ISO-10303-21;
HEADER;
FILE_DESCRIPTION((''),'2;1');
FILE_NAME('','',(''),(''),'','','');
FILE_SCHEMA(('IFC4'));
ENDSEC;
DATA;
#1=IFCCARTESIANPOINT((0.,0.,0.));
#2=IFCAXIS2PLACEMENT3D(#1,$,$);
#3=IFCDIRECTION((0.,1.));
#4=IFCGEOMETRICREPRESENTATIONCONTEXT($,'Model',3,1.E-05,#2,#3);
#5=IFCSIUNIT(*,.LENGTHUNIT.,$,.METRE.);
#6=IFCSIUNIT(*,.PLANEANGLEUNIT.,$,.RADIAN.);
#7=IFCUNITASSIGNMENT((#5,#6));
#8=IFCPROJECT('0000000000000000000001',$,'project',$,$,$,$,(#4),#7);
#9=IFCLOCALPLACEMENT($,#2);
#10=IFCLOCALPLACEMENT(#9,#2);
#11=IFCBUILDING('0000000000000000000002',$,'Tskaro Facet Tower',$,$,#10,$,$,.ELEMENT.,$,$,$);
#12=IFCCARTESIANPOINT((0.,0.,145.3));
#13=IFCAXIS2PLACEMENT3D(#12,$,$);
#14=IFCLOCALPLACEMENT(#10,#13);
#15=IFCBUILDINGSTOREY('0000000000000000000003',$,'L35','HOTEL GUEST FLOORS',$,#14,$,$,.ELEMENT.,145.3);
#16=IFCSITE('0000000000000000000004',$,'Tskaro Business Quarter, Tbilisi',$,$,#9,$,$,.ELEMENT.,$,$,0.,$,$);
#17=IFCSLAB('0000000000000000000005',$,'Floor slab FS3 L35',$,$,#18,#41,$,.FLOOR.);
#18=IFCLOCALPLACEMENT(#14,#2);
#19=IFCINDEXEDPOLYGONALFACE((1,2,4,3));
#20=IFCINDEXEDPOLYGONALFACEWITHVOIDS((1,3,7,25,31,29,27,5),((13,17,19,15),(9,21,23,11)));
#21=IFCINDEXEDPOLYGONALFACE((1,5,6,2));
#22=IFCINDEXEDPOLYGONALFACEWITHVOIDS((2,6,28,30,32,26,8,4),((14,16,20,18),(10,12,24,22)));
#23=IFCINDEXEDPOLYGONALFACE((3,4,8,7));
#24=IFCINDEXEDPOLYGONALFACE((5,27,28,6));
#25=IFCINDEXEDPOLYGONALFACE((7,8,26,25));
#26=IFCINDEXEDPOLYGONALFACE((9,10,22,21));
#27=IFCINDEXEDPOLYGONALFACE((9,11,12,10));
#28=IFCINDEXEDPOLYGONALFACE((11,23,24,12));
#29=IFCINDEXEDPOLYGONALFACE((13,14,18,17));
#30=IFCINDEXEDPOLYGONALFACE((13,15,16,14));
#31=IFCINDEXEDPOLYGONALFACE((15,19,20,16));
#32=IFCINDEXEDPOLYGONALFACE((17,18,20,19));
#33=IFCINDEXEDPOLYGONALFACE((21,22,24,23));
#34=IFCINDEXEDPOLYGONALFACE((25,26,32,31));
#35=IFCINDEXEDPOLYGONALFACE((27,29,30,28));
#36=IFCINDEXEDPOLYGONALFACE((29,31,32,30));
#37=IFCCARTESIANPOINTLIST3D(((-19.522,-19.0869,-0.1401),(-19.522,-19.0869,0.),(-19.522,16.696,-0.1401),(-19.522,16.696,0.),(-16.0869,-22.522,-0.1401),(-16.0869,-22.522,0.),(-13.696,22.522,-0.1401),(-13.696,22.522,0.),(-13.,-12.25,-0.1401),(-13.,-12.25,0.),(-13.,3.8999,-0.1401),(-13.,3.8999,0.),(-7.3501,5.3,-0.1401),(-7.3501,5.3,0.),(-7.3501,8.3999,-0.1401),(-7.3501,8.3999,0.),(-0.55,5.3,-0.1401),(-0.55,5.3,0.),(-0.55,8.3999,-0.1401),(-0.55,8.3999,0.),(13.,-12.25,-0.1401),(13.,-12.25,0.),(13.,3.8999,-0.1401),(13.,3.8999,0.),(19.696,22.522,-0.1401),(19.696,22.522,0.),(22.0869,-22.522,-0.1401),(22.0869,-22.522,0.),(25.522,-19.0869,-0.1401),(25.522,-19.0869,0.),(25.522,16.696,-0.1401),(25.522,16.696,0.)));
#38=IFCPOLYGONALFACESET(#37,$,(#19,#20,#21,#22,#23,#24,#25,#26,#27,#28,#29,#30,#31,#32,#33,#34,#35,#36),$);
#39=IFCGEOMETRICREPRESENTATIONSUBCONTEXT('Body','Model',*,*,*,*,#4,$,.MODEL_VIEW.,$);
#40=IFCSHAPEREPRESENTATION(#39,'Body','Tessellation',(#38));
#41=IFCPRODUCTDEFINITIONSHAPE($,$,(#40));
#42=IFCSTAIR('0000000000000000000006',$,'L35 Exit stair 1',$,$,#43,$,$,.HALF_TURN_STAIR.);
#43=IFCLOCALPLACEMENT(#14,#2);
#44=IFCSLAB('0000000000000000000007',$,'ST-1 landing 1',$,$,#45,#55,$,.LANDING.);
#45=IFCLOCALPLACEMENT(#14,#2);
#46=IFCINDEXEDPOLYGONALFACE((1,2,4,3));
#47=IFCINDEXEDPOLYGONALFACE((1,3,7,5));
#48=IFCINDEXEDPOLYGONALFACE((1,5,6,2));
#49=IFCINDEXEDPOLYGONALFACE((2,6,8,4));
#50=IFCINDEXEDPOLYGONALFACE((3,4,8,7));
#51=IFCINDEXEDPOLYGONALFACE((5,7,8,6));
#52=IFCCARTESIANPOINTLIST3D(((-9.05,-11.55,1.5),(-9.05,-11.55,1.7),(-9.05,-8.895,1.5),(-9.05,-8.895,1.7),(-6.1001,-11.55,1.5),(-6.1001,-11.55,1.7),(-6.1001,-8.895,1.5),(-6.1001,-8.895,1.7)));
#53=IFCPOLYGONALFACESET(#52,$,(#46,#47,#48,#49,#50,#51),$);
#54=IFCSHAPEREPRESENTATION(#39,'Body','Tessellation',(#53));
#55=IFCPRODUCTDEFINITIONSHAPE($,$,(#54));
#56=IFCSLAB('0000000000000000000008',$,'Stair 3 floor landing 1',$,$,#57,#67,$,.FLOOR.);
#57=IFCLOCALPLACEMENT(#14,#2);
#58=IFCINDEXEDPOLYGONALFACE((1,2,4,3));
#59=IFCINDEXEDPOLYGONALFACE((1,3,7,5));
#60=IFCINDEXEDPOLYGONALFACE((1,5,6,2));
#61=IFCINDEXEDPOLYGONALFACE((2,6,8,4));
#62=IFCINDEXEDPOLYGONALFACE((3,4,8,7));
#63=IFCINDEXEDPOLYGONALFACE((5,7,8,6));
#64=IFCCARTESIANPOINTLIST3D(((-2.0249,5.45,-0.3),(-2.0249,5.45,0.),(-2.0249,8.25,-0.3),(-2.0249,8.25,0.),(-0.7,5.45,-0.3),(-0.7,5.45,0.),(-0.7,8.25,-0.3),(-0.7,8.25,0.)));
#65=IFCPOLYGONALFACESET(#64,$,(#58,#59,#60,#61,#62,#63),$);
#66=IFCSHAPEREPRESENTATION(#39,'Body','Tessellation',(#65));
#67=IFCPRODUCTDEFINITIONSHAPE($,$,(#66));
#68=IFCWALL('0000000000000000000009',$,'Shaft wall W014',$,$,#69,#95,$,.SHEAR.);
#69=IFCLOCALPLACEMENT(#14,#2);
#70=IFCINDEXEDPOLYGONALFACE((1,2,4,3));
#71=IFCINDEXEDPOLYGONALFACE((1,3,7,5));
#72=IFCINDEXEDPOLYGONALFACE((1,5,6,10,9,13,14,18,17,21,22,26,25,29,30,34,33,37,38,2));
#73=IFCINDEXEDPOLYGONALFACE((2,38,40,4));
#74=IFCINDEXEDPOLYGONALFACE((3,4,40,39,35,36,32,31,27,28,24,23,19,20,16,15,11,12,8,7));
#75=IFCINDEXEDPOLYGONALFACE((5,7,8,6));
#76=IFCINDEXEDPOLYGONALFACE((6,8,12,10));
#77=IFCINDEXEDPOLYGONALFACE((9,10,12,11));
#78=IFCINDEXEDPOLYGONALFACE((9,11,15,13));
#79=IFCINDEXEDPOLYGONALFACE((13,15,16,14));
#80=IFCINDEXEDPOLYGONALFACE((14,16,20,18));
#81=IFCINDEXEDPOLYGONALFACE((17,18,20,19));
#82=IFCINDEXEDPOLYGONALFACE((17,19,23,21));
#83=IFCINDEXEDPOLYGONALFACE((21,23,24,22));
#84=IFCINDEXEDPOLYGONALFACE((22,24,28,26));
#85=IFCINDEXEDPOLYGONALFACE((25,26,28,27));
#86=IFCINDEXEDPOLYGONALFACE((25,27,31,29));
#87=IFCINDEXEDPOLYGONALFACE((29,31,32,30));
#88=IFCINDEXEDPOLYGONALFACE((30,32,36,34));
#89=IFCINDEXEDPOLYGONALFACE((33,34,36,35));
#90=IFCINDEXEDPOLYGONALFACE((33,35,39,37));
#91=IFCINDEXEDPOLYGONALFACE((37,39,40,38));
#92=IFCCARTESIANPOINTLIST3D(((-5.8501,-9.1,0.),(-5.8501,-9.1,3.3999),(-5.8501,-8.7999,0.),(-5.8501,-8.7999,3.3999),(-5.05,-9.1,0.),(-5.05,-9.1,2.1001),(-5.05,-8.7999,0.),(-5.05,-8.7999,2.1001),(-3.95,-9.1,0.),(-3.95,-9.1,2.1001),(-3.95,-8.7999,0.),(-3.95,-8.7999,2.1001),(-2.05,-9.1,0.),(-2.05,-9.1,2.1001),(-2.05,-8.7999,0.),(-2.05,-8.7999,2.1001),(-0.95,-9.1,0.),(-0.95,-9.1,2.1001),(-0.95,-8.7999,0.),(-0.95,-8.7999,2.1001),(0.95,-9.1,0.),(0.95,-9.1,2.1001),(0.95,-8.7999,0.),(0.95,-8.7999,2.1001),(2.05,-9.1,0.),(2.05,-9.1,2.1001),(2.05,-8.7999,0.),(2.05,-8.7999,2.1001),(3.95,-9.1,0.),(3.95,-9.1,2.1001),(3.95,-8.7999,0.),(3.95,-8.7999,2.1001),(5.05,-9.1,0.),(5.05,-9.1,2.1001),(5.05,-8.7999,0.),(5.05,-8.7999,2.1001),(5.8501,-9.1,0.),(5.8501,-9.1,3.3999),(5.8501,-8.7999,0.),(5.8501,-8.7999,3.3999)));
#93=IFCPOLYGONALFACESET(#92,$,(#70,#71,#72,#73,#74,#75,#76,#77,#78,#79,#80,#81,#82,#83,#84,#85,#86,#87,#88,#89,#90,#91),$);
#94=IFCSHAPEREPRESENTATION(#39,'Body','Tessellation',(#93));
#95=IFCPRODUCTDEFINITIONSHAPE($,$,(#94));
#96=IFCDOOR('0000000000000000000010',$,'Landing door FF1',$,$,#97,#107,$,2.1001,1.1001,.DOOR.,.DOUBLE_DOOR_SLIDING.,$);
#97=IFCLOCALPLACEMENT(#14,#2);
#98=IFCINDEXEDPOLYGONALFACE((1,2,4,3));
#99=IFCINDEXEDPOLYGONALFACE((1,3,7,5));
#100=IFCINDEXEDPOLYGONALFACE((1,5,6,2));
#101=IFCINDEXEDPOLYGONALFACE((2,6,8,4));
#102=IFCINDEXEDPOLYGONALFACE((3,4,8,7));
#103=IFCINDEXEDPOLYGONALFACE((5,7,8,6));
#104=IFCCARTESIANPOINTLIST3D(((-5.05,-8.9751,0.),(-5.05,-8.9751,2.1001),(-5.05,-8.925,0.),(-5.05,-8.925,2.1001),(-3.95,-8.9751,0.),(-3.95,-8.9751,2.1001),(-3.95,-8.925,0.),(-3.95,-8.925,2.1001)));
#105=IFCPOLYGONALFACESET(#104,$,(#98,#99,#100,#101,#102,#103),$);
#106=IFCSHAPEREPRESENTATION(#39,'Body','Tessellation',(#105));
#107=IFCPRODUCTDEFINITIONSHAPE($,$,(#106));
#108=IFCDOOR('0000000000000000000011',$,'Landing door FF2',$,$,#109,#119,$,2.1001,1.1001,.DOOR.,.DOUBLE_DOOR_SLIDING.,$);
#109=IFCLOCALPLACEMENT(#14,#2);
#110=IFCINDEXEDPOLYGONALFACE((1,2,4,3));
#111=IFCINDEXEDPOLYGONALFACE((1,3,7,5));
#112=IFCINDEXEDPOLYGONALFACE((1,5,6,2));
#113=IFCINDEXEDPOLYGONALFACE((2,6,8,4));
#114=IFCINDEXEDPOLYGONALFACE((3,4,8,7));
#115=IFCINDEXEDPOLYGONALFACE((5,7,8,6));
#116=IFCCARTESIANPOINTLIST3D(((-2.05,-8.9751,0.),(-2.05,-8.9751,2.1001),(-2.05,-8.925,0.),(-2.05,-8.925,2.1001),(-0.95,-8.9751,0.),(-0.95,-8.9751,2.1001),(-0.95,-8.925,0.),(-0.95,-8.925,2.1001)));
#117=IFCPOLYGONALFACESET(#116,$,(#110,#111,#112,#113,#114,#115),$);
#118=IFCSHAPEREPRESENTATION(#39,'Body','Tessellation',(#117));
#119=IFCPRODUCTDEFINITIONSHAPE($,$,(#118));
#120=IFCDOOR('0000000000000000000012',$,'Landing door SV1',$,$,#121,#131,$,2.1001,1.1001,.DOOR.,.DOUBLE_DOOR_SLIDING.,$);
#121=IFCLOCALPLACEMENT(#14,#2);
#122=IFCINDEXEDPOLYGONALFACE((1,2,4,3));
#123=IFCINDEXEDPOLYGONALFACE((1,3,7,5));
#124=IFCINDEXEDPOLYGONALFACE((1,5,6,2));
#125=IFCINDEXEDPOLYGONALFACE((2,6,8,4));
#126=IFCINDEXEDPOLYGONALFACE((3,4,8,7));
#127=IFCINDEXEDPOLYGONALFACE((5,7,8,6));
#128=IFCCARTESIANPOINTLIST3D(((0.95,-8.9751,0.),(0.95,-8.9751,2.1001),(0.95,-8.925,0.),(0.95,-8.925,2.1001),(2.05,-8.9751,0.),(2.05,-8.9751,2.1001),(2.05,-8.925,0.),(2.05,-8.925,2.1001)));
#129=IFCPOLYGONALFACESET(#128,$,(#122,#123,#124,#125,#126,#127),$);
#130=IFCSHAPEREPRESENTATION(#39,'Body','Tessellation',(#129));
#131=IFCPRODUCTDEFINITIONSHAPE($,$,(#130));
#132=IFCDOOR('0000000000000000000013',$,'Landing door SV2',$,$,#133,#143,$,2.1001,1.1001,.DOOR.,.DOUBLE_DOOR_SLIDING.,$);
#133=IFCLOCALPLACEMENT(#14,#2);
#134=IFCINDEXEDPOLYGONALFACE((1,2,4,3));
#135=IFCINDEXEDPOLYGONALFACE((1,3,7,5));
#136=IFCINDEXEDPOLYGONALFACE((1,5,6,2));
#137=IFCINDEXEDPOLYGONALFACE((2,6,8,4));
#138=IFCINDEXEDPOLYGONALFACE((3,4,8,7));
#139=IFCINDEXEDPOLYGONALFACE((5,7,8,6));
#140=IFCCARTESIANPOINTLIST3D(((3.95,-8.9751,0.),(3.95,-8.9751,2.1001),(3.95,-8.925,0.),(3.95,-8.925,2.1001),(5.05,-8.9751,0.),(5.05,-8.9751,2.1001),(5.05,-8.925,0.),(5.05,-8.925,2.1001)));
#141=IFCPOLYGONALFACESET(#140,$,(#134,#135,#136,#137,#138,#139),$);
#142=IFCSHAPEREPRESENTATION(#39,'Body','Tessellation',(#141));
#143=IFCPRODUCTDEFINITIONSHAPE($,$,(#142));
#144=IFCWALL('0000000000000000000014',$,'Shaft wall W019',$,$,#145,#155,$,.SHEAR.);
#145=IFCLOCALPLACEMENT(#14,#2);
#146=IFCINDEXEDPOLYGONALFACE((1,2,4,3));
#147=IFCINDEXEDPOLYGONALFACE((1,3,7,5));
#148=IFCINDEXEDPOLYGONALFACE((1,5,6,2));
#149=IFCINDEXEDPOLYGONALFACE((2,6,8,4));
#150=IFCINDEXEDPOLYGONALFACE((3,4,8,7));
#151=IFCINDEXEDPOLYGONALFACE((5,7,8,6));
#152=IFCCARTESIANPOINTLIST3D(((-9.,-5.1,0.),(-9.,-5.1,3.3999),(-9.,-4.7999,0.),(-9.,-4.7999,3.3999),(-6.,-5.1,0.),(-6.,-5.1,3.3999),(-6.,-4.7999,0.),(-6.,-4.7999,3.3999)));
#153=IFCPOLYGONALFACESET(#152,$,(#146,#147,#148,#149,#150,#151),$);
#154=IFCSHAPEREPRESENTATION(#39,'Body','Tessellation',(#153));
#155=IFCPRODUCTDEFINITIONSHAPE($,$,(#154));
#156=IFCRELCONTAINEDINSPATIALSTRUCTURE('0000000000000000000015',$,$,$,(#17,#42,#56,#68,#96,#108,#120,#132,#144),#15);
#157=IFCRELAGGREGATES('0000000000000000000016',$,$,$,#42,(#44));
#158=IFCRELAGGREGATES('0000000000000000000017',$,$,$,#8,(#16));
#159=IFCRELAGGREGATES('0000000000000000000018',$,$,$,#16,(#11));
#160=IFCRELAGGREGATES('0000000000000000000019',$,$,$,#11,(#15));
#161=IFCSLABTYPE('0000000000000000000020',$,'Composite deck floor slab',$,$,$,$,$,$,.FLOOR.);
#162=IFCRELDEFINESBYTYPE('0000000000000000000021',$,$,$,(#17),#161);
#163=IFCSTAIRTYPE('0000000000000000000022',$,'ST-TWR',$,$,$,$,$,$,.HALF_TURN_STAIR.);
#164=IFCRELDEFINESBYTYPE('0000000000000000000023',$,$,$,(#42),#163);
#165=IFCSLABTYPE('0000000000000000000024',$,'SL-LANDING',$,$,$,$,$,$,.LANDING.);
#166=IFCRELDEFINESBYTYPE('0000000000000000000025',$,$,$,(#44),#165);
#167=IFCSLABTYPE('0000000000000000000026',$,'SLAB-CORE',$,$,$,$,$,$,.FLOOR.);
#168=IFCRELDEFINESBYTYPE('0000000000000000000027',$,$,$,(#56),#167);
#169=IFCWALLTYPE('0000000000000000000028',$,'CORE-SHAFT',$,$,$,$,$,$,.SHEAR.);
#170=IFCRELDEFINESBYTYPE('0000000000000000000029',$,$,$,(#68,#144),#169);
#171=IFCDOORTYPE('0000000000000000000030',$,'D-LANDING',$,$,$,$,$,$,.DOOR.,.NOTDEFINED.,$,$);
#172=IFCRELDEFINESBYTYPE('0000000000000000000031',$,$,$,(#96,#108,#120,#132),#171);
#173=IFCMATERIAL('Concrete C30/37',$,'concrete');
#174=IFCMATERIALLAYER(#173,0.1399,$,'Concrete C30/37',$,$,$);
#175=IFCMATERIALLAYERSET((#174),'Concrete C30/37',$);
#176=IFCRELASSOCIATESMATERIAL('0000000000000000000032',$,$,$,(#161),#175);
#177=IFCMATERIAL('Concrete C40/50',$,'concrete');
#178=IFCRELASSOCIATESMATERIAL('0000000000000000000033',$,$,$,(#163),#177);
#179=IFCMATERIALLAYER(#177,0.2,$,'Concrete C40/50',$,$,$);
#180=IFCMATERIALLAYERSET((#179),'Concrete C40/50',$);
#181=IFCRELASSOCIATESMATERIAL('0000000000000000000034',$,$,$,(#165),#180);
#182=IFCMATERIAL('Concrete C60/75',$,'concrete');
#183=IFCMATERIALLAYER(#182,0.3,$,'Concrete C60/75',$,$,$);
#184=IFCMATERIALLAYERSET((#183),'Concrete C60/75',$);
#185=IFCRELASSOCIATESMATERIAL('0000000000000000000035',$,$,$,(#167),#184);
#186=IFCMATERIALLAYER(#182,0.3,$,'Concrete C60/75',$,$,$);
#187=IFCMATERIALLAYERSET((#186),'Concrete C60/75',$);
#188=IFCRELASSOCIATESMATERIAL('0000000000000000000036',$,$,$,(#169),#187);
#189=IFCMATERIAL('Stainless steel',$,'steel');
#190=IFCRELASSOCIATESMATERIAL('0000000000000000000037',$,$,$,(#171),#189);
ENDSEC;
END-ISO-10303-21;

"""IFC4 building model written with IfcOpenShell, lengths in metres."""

from ifc_helpers import new_model, si_unit, direction, frame, frame_2d, origin, place, context, subcontext, project, spatial, polyline, rectangle, outline, extrude, material, layer, layer_set, type_object, element, fill, aggregate, save


model = new_model("IFC4")

# Units and contexts
model_context = context("Model", 3, precision=1e-05, world=origin(), true_north=direction((0.0, 1.0)))
body_context = subcontext(model_context, "Body", "Model", "MODEL_VIEW")
ifc_project = project(units=[si_unit("LENGTHUNIT", "METRE"), si_unit("PLANEANGLEUNIT", "RADIAN")], contexts=[model_context])

# Site, building, storey
site_placement = place(None, origin())
site = spatial("IfcSite", under=ifc_project, at=site_placement, Name="Tskaro Business Quarter, Tbilisi", CompositionType="ELEMENT", RefElevation=0.0)
building_placement = place(site_placement, origin())
building = spatial("IfcBuilding", under=site, at=building_placement, Name="Tskaro Facet Tower", CompositionType="ELEMENT")
storey_placement = place(building_placement, frame((0.0, 0.0, 145.3)))
storey = spatial("IfcBuildingStorey", under=building, at=storey_placement, Name="L35", Description="HOTEL GUEST FLOORS", CompositionType="ELEMENT", Elevation=145.3)

# Slab
ifc_material_1 = material(Name="Concrete C30/37", Category="concrete")
ifc_layer_1 = layer(ifc_material_1, 0.1399, Name="Concrete C30/37")
ifc_layer_set_1 = layer_set([ifc_layer_1], Name="Concrete C30/37")
slab_type_1 = type_object("IfcSlabType", Name="Composite deck floor slab", PredefinedType="FLOOR", material=ifc_layer_set_1)
slab_1_placement = place(storey_placement, frame((0.0, 0.0, -0.1401)))
element("IfcSlab", 1, at=slab_1_placement, inside=storey, type_object=slab_type_1, Name="Floor slab FS3 L35", PredefinedType="FLOOR", context=body_context, shape_type="SweptSolid", body=[
    extrude(outline(polyline([(-16.0869, -22.522), (22.0869, -22.522), (25.522, -19.0869), (25.522, 16.696), (19.696, 22.522), (-13.696, 22.522), (-19.522, 16.696), (-19.522, -19.0869), (-16.0869, -22.522)]), holes=[polyline([(-13.0, -12.25), (13.0, -12.25), (13.0, 3.8999), (-13.0, 3.8999), (-13.0, -12.25)]), polyline([(-7.3501, 5.3), (-0.55, 5.3), (-0.55, 8.3999), (-7.3501, 8.3999), (-7.3501, 5.3)])]), origin(), (0.0, 0.0, 1.0), 0.1401),
])

# Stair, slab
ifc_material_2 = material(Name="Concrete C40/50", Category="concrete")
stair_type = type_object("IfcStairType", Name="ST-TWR", PredefinedType="HALF_TURN_STAIR", material=ifc_material_2)
stair_placement = place(storey_placement, origin())
stair = element("IfcStair", 2, at=stair_placement, inside=storey, type_object=stair_type, Name="L35 Exit stair 1", PredefinedType="HALF_TURN_STAIR")
ifc_layer_2 = layer(ifc_material_2, 0.2, Name="Concrete C40/50")
ifc_layer_set_2 = layer_set([ifc_layer_2], Name="Concrete C40/50")
slab_type_2 = type_object("IfcSlabType", Name="SL-LANDING", PredefinedType="LANDING", material=ifc_layer_set_2)
slab_2_placement = place(storey_placement, frame((0.0, 0.0, 1.5)))
slab_2 = element("IfcSlab", 3, at=slab_2_placement, type_object=slab_type_2, Name="ST-1 landing 1", PredefinedType="LANDING", context=body_context, shape_type="SweptSolid", body=[
    extrude(outline(polyline([(-9.05, -11.55), (-6.1001, -11.55), (-6.1001, -8.895), (-9.05, -8.895), (-9.05, -11.55)])), origin(), (0.0, 0.0, 1.0), 0.2),
])

# Slab
ifc_material_3 = material(Name="Concrete C60/75", Category="concrete")
ifc_layer_3 = layer(ifc_material_3, 0.3, Name="Concrete C60/75")
ifc_layer_set_3 = layer_set([ifc_layer_3], Name="Concrete C60/75")
slab_type_3 = type_object("IfcSlabType", Name="SLAB-CORE", PredefinedType="FLOOR", material=ifc_layer_set_3)
slab_3_placement = place(storey_placement, frame((0.0, 0.0, -0.3)))
element("IfcSlab", 4, at=slab_3_placement, inside=storey, type_object=slab_type_3, Name="Stair 3 floor landing 1", PredefinedType="FLOOR", context=body_context, shape_type="SweptSolid", body=[
    extrude(outline(polyline([(-2.0249, 5.45), (-0.7, 5.45), (-0.7, 8.25), (-2.0249, 8.25), (-2.0249, 5.45)])), origin(), (0.0, 0.0, 1.0), 0.3),
])

# Wall, openings, doors
ifc_layer_4 = layer(ifc_material_3, 0.3, Name="Concrete C60/75")
ifc_layer_set_4 = layer_set([ifc_layer_4], Name="Concrete C60/75")
wall_type_1 = type_object("IfcWallType", Name="CORE-SHAFT", PredefinedType="SHEAR", material=ifc_layer_set_4)
wall_1_placement = place(storey_placement, frame((-5.8501, -8.95, 0.0), z_axis=(0.0, 0.0, 1.0), x_axis=(1.0, 0.0, 0.0)))
wall_1 = element("IfcWall", 5, at=wall_1_placement, inside=storey, type_object=wall_type_1, Name="Shaft wall W014", PredefinedType="SHEAR", context=body_context, shape_type="SweptSolid", body=[
    extrude(rectangle(XDim=11.7002, YDim=0.3, at=frame_2d((5.8501, 0.0))), origin(), (0.0, 0.0, 1.0), 3.3999),
])
opening_1_placement = place(wall_1_placement, frame((0.8, 0.0, 0.0)))
opening_1 = element("IfcOpeningElement", 6, at=opening_1_placement, cuts=wall_1, PredefinedType="OPENING", context=body_context, shape_type="SweptSolid", body=[
    extrude(rectangle(XDim=1.1001, YDim=2.1001, at=frame_2d((0.55, 1.05))), frame((0.0, 0.1599, 0.0), z_axis=(0.0, -1.0, 0.0), x_axis=(1.0, 0.0, 0.0)), (0.0, 0.0, 1.0), 0.3201),
])
opening_2_placement = place(wall_1_placement, frame((3.8, 0.0, 0.0)))
opening_2 = element("IfcOpeningElement", 7, at=opening_2_placement, cuts=wall_1, PredefinedType="OPENING", context=body_context, shape_type="SweptSolid", body=[
    extrude(rectangle(XDim=1.1001, YDim=2.1001, at=frame_2d((0.55, 1.05))), frame((0.0, 0.1599, 0.0), z_axis=(0.0, -1.0, 0.0), x_axis=(1.0, 0.0, 0.0)), (0.0, 0.0, 1.0), 0.3201),
])
opening_3_placement = place(wall_1_placement, frame((6.8, 0.0, 0.0)))
opening_3 = element("IfcOpeningElement", 8, at=opening_3_placement, cuts=wall_1, PredefinedType="OPENING", context=body_context, shape_type="SweptSolid", body=[
    extrude(rectangle(XDim=1.1001, YDim=2.1001, at=frame_2d((0.55, 1.05))), frame((0.0, 0.1599, 0.0), z_axis=(0.0, -1.0, 0.0), x_axis=(1.0, 0.0, 0.0)), (0.0, 0.0, 1.0), 0.3201),
])
opening_4_placement = place(wall_1_placement, frame((9.8, 0.0, 0.0)))
opening_4 = element("IfcOpeningElement", 9, at=opening_4_placement, cuts=wall_1, PredefinedType="OPENING", context=body_context, shape_type="SweptSolid", body=[
    extrude(rectangle(XDim=1.1001, YDim=2.1001, at=frame_2d((0.55, 1.05))), frame((0.0, 0.1599, 0.0), z_axis=(0.0, -1.0, 0.0), x_axis=(1.0, 0.0, 0.0)), (0.0, 0.0, 1.0), 0.3201),
])
ifc_material_4 = material(Name="Stainless steel", Category="steel")
door_type_1 = type_object("IfcDoorType", Name="D-LANDING", OperationType="NOTDEFINED", PredefinedType="DOOR", material=ifc_material_4)
door_1_placement = place(opening_1_placement, origin())
door_1 = element("IfcDoor", 10, at=door_1_placement, inside=storey, type_object=door_type_1, Name="Landing door FF1", OperationType="DOUBLE_DOOR_SLIDING", OverallHeight=2.1001, OverallWidth=1.1001, PredefinedType="DOOR", context=body_context, shape_type="SweptSolid", body=[
    extrude(rectangle(XDim=1.1001, YDim=2.1001, at=frame_2d((0.55, 1.05))), frame((0.0, 0.0249, 0.0), z_axis=(0.0, -1.0, 0.0), x_axis=(1.0, 0.0, 0.0)), (0.0, 0.0, 1.0), 0.05),
])
fill(opening_1, door_1)
door_2_placement = place(opening_2_placement, origin())
door_2 = element("IfcDoor", 11, at=door_2_placement, inside=storey, type_object=door_type_1, Name="Landing door FF2", OperationType="DOUBLE_DOOR_SLIDING", OverallHeight=2.1001, OverallWidth=1.1001, PredefinedType="DOOR", context=body_context, shape_type="SweptSolid", body=[
    extrude(rectangle(XDim=1.1001, YDim=2.1001, at=frame_2d((0.55, 1.05))), frame((0.0, 0.0249, 0.0), z_axis=(0.0, -1.0, 0.0), x_axis=(1.0, 0.0, 0.0)), (0.0, 0.0, 1.0), 0.05),
])
fill(opening_2, door_2)
door_3_placement = place(opening_3_placement, origin())
door_3 = element("IfcDoor", 12, at=door_3_placement, inside=storey, type_object=door_type_1, Name="Landing door SV1", OperationType="DOUBLE_DOOR_SLIDING", OverallHeight=2.1001, OverallWidth=1.1001, PredefinedType="DOOR", context=body_context, shape_type="SweptSolid", body=[
    extrude(rectangle(XDim=1.1001, YDim=2.1001, at=frame_2d((0.55, 1.05))), frame((0.0, 0.0249, 0.0), z_axis=(0.0, -1.0, 0.0), x_axis=(1.0, 0.0, 0.0)), (0.0, 0.0, 1.0), 0.05),
])
fill(opening_3, door_3)
door_4_placement = place(opening_4_placement, origin())
door_4 = element("IfcDoor", 13, at=door_4_placement, inside=storey, type_object=door_type_1, Name="Landing door SV2", OperationType="DOUBLE_DOOR_SLIDING", OverallHeight=2.1001, OverallWidth=1.1001, PredefinedType="DOOR", context=body_context, shape_type="SweptSolid", body=[
    extrude(rectangle(XDim=1.1001, YDim=2.1001, at=frame_2d((0.55, 1.05))), frame((0.0, 0.0249, 0.0), z_axis=(0.0, -1.0, 0.0), x_axis=(1.0, 0.0, 0.0)), (0.0, 0.0, 1.0), 0.05),
])
fill(opening_4, door_4)

# Wall
wall_2_placement = place(storey_placement, frame((-9.0, -4.95, 0.0), z_axis=(0.0, 0.0, 1.0), x_axis=(1.0, 0.0, 0.0)))
element("IfcWall", 14, at=wall_2_placement, inside=storey, type_object=wall_type_1, Name="Shaft wall W019", PredefinedType="SHEAR", context=body_context, shape_type="SweptSolid", body=[
    extrude(rectangle(XDim=3.0, YDim=0.3, at=frame_2d((1.5, 0.0))), origin(), (0.0, 0.0, 1.0), 3.3999),
])

aggregate(stair, [slab_2])

save(model, "model.ifc")
